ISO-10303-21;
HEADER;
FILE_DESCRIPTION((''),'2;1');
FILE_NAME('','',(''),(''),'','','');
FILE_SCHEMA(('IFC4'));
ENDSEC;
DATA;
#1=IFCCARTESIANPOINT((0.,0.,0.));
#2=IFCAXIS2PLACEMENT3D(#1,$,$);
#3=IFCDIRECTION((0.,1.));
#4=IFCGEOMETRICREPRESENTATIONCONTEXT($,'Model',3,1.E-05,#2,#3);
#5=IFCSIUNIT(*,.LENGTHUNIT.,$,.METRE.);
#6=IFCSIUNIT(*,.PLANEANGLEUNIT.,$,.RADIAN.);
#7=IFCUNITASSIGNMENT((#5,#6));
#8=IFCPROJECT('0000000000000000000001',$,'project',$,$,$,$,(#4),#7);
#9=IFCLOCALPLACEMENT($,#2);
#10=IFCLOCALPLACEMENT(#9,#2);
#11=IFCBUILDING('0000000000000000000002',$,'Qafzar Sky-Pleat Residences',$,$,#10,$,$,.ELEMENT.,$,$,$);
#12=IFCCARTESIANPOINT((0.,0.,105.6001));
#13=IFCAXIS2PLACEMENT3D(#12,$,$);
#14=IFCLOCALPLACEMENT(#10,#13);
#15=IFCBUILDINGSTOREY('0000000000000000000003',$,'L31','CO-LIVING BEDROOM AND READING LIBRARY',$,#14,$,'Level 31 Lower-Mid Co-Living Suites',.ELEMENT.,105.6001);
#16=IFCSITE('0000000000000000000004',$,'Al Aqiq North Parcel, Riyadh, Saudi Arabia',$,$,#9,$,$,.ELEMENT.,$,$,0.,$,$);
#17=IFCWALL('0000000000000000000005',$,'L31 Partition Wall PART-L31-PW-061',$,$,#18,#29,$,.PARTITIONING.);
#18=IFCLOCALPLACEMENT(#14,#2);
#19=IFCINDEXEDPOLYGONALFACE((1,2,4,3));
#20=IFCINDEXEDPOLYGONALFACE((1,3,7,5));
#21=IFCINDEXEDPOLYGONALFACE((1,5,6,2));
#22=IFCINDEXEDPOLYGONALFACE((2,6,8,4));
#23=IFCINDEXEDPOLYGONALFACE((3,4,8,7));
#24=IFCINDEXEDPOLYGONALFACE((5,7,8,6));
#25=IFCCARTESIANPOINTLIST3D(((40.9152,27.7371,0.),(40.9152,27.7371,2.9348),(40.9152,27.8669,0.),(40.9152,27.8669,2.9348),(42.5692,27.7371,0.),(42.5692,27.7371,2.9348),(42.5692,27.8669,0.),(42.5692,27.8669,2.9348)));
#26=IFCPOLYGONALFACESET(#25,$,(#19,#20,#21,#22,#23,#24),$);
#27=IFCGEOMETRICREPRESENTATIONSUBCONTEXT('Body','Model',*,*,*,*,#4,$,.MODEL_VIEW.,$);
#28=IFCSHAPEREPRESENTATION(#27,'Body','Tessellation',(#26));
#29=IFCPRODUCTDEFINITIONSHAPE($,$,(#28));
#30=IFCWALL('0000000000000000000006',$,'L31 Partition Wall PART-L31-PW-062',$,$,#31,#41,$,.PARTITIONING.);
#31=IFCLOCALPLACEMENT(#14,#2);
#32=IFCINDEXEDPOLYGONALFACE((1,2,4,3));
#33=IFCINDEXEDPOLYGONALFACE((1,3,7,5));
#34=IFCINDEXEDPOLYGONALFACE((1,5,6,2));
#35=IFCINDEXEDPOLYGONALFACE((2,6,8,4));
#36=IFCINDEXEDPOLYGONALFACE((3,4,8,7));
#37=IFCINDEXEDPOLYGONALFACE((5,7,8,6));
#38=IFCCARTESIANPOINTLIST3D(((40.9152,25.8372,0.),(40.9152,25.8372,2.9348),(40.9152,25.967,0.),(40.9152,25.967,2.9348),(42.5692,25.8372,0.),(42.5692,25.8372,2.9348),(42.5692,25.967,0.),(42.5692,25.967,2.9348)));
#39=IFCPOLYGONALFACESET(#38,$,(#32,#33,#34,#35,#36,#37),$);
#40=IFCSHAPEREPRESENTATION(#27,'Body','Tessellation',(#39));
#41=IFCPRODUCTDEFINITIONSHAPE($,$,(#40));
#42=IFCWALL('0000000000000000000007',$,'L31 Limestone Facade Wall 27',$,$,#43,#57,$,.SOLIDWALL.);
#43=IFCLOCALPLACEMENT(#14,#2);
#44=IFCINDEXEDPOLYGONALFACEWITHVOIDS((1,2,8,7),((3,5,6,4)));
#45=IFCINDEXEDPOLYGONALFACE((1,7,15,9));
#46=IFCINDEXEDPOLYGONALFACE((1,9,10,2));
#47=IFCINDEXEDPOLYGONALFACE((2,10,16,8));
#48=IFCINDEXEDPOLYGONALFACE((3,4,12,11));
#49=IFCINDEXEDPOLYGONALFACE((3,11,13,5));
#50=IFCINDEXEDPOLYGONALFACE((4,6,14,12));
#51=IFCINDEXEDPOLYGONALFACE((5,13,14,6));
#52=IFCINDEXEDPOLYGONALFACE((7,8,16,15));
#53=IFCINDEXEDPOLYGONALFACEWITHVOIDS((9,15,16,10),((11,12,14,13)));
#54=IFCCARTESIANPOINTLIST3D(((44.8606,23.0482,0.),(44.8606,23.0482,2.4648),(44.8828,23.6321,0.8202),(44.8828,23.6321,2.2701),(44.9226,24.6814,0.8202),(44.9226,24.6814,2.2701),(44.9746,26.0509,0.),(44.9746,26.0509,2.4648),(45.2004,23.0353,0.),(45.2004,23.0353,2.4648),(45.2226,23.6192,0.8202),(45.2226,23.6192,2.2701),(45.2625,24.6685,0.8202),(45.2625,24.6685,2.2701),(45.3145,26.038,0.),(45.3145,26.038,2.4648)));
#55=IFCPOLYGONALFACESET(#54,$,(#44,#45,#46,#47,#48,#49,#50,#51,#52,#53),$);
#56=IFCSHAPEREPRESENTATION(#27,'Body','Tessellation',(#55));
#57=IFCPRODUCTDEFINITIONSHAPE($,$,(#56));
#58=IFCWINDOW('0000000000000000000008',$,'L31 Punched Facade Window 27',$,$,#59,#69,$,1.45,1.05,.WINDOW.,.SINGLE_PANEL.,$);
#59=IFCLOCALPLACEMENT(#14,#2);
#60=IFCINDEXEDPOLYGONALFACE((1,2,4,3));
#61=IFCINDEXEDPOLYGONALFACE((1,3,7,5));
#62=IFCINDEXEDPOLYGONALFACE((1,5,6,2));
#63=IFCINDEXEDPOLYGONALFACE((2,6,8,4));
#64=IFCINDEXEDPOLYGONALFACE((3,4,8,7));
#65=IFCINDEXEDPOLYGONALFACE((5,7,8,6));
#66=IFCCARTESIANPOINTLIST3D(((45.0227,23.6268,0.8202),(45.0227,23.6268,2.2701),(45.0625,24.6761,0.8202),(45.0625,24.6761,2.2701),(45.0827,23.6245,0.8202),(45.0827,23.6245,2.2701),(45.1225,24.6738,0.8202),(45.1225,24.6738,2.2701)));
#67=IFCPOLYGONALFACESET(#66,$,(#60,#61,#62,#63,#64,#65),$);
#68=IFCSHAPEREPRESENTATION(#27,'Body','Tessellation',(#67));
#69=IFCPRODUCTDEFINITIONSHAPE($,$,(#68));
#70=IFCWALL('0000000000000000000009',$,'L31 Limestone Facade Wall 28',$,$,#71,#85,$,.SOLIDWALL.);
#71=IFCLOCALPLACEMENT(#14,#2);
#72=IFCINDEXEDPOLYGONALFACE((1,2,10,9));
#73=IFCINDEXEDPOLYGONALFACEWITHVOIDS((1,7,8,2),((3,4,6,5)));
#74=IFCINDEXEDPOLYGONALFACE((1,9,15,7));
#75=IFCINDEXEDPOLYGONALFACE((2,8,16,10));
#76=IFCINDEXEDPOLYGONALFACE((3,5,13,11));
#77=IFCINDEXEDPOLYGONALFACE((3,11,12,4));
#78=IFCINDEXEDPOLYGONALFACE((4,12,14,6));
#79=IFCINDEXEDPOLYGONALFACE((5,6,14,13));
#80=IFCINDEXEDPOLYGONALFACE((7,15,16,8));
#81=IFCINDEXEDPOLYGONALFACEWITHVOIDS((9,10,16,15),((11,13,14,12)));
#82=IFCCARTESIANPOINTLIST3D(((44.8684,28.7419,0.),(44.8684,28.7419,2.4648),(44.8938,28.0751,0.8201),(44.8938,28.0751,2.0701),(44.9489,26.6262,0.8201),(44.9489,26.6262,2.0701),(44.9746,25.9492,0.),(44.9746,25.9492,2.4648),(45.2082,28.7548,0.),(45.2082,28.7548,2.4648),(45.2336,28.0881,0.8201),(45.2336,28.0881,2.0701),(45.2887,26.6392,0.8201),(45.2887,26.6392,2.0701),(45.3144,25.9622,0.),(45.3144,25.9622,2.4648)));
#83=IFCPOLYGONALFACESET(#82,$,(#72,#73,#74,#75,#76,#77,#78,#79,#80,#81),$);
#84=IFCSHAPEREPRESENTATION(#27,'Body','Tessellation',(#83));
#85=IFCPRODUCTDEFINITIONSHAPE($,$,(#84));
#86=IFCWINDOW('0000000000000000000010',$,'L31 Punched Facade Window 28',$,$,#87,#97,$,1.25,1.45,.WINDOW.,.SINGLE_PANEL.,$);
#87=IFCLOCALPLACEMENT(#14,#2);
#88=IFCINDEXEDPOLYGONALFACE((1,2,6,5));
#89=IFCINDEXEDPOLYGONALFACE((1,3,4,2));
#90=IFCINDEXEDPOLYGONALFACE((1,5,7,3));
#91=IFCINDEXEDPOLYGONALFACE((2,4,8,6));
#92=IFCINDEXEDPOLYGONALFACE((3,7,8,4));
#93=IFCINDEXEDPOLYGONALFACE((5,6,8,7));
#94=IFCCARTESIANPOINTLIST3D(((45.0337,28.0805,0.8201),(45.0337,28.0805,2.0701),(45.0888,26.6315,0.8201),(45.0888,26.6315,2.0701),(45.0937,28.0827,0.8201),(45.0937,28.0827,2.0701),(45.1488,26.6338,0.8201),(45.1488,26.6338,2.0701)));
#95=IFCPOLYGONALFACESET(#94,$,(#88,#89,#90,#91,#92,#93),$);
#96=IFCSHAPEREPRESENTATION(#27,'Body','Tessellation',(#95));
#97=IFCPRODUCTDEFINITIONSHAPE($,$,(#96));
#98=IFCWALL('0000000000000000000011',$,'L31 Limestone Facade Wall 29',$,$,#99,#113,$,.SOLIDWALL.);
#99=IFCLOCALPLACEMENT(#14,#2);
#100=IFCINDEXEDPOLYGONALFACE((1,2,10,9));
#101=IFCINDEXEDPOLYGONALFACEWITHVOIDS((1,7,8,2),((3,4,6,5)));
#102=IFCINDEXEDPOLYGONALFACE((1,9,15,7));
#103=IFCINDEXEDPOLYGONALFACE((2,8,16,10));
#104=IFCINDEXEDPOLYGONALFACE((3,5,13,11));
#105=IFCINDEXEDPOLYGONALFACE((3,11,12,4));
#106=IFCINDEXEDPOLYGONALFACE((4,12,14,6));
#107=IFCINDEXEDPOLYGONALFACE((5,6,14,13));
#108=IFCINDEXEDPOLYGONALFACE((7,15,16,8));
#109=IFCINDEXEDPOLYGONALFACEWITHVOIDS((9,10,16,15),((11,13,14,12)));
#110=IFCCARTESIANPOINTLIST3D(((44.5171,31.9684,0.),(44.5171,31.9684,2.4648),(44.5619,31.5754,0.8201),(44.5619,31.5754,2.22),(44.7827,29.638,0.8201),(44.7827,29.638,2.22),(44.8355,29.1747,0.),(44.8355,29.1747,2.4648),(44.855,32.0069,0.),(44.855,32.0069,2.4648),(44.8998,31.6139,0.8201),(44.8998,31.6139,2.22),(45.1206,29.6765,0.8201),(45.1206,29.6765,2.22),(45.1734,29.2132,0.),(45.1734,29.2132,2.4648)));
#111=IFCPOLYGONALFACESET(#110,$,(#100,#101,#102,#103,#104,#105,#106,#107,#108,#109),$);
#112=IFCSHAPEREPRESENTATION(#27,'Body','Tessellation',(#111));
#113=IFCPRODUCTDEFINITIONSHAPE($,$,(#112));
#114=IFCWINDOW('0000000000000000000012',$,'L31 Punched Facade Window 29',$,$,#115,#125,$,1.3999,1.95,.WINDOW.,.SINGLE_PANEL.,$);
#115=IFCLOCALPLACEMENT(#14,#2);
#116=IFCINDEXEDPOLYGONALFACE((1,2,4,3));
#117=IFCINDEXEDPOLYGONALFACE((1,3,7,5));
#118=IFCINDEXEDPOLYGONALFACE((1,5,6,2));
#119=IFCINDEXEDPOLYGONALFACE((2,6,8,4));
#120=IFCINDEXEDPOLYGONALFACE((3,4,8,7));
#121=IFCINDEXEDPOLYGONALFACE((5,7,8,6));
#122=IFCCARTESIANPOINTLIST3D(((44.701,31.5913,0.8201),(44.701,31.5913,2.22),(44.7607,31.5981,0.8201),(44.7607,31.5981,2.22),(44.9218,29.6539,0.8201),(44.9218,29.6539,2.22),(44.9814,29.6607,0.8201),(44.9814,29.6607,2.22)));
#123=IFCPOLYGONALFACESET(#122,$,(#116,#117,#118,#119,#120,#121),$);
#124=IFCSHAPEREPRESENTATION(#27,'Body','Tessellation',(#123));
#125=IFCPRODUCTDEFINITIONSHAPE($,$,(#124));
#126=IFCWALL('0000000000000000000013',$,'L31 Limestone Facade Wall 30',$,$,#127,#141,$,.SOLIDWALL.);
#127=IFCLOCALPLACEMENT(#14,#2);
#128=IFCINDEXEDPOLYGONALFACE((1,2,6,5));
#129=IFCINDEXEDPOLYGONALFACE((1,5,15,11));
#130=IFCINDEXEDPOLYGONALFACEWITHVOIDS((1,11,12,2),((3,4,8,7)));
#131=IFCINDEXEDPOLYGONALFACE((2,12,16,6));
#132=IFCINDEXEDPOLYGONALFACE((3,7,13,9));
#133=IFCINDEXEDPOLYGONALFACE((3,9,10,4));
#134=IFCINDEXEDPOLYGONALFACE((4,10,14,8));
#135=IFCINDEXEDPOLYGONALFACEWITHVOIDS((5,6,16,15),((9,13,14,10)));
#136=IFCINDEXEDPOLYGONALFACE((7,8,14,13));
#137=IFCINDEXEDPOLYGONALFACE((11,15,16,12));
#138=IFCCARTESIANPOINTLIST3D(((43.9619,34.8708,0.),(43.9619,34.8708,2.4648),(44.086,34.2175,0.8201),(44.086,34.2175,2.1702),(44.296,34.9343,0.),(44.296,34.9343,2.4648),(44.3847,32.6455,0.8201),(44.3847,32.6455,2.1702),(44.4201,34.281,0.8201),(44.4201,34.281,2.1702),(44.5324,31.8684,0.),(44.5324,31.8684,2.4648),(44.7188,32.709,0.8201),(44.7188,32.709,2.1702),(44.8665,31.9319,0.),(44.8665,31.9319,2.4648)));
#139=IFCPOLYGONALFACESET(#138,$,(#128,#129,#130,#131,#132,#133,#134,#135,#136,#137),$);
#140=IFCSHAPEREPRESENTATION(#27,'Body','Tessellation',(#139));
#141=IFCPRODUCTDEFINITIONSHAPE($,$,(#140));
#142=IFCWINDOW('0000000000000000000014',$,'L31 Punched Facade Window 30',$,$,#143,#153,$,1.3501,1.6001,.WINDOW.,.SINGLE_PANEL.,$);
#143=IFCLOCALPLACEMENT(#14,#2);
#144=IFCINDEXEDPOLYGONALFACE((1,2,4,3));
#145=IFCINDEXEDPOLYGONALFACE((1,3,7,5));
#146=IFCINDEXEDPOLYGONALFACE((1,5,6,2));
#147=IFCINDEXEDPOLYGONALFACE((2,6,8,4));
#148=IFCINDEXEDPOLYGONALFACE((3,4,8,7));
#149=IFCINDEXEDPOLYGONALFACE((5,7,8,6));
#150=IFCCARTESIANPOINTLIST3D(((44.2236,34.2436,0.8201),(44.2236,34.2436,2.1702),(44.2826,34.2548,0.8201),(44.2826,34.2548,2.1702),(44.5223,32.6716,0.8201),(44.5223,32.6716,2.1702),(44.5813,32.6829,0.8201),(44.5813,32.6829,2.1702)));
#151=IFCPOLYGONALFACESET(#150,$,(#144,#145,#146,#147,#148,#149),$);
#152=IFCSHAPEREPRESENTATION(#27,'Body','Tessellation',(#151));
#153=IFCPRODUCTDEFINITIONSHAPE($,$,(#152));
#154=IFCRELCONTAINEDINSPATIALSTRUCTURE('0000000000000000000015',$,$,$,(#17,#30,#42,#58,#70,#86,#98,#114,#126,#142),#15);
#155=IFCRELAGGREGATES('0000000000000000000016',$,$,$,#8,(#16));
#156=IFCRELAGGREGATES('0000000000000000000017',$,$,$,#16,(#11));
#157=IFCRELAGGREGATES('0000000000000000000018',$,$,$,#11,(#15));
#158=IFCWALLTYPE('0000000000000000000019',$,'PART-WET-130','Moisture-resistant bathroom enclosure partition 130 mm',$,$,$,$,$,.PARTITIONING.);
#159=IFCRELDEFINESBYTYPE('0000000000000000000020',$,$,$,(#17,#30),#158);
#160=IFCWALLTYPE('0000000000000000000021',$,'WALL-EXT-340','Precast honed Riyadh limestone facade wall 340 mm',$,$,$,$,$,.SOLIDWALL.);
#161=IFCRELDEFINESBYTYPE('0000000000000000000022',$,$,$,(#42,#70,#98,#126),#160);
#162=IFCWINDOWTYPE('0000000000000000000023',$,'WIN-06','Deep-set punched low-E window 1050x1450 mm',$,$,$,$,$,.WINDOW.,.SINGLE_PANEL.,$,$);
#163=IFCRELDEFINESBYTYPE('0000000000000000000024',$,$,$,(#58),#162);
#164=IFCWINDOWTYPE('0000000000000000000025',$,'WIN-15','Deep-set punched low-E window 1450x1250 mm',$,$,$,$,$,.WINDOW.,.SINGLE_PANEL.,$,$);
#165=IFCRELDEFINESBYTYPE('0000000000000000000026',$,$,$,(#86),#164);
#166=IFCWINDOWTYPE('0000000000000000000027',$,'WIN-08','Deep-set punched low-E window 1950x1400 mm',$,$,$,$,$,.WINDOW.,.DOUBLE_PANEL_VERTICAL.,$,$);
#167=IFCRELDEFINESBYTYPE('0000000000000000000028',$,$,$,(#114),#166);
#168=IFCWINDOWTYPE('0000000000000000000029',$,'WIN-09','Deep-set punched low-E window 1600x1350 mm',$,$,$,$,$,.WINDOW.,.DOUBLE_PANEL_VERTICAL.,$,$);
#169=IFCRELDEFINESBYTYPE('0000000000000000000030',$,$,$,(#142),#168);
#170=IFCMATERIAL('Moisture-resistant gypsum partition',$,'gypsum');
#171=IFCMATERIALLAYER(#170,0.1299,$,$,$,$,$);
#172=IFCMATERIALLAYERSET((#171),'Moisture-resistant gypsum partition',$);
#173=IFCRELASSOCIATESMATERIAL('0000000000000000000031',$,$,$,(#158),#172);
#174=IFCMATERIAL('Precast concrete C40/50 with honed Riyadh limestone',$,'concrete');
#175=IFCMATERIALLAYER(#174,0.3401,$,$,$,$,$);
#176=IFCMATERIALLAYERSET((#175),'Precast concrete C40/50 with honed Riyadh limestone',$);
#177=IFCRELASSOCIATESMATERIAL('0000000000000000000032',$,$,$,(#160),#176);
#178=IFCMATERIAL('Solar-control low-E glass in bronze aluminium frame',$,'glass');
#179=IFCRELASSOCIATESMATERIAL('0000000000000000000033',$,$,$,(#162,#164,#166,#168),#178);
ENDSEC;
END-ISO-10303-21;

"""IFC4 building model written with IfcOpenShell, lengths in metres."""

from ifc_helpers import new_model, si_unit, direction, frame, frame_2d, origin, place, context, subcontext, project, spatial, rectangle, extrude, source, transform, mapped, material, layer, layer_set, type_object, element, fill, save


model = new_model("IFC4")

# Units and contexts
model_context = context("Model", 3, precision=1e-05, world=origin(), true_north=direction((0.0, 1.0)))
body_context = subcontext(model_context, "Body", "Model", "MODEL_VIEW")
ifc_project = project(units=[si_unit("LENGTHUNIT", "METRE"), si_unit("PLANEANGLEUNIT", "RADIAN")], contexts=[model_context])

# Site, building, storey
site_placement = place(None, origin())
site = spatial("IfcSite", under=ifc_project, at=site_placement, Name="Al Aqiq North Parcel, Riyadh, Saudi Arabia", CompositionType="ELEMENT", RefElevation=0.0)
building_placement = place(site_placement, origin())
building = spatial("IfcBuilding", under=site, at=building_placement, Name="Qafzar Sky-Pleat Residences", CompositionType="ELEMENT")
storey_placement = place(building_placement, frame((0.0, 0.0, 105.6001)))
storey = spatial("IfcBuildingStorey", under=building, at=storey_placement, Name="L31", Description="CO-LIVING BEDROOM AND READING LIBRARY", LongName="Level 31 Lower-Mid Co-Living Suites", CompositionType="ELEMENT", Elevation=105.6001)

# Shared definitions
ifc_material_1 = material(Name="Moisture-resistant gypsum partition", Category="gypsum")
ifc_layer_1 = layer(ifc_material_1, 0.1299)
ifc_layer_set_1 = layer_set([ifc_layer_1], Name="Moisture-resistant gypsum partition")
wall_type_1 = type_object("IfcWallType", Name="PART-WET-130", Description="Moisture-resistant bathroom enclosure partition 130 mm", PredefinedType="PARTITIONING", material=ifc_layer_set_1)

# Walls
for number, where, z_axis, x_axis, name in (
    (1, (40.915, 27.802, 0.0), (0.0, 0.0, 1.0), (1.0, 0.0, 0.0), "L31 Partition Wall PART-L31-PW-061"),
    (2, (40.915, 25.9021, 0.0), (0.0, 0.0, 1.0), (1.0, 0.0, 0.0), "L31 Partition Wall PART-L31-PW-062"),
):
    element("IfcWall", number, at=place(storey_placement, frame(where, z_axis=z_axis, x_axis=x_axis)), inside=storey, type_object=wall_type_1, Name=name, PredefinedType="PARTITIONING", context=body_context, shape_type="SweptSolid", body=[
        extrude(rectangle(XDim=1.6541, YDim=0.1299, at=frame_2d((0.8271, 0.0))), origin(), (0.0, 0.0, 1.0), 2.9348),
    ])

# Walls, openings, windows
ifc_material_2 = material(Name="Precast concrete C40/50 with honed Riyadh limestone", Category="concrete")
ifc_layer_2 = layer(ifc_material_2, 0.3401)
ifc_layer_set_2 = layer_set([ifc_layer_2], Name="Precast concrete C40/50 with honed Riyadh limestone")
wall_type_2 = type_object("IfcWallType", Name="WALL-EXT-340", Description="Precast honed Riyadh limestone facade wall 340 mm", PredefinedType="SOLIDWALL", material=ifc_layer_set_2)
wall_1_placement = place(storey_placement, frame((45.0305, 23.0417, 0.0), z_axis=(0.0, 0.0, 1.0), x_axis=(0.037943, 0.99928, 0.0)))
wall_1 = element("IfcWall", 3, at=wall_1_placement, inside=storey, type_object=wall_type_2, Name="L31 Limestone Facade Wall 27", PredefinedType="SOLIDWALL", context=body_context, shape_type="SweptSolid", body=[
    extrude(rectangle(XDim=3.0049, YDim=0.3401, at=frame_2d((1.5024, 0.0))), origin(), (0.0, 0.0, 1.0), 2.4648),
])
opening_1_placement = place(wall_1_placement, frame((0.5845, 0.0, 0.8201)))
opening_1 = element("IfcOpeningElement", 4, at=opening_1_placement, cuts=wall_1, PredefinedType="OPENING", context=body_context, shape_type="SweptSolid", body=[
    extrude(rectangle(XDim=1.05, YDim=1.45, at=frame_2d((0.5249, 0.7251))), frame((0.0, 0.1802, 0.0), z_axis=(0.0, -1.0, 0.0), x_axis=(1.0, 0.0, 0.0)), (0.0, 0.0, 1.0), 0.3601),
])
ifc_material_3 = material(Name="Solar-control low-E glass in bronze aluminium frame", Category="glass")
window_type_1 = type_object("IfcWindowType", Name="WIN-06", Description="Deep-set punched low-E window 1050x1450 mm", PartitioningType="SINGLE_PANEL", PredefinedType="WINDOW", material=ifc_material_3)
shared_shape_1 = source(origin(), body_context, "Body", "SweptSolid", [
    extrude(rectangle(XDim=1.05, YDim=1.45, at=frame_2d((0.5249, 0.7251))), frame((0.0, 0.03, 0.0), z_axis=(0.0, -1.0, 0.0), x_axis=(1.0, 0.0, 0.0)), (0.0, 0.0, 1.0), 0.0601),
])
window_1_placement = place(opening_1_placement, origin())
window_1 = element("IfcWindow", 5, at=window_1_placement, inside=storey, type_object=window_type_1, Name="L31 Punched Facade Window 27", OverallHeight=1.45, OverallWidth=1.05, PartitioningType="SINGLE_PANEL", PredefinedType="WINDOW", context=body_context, shape_type="MappedRepresentation", body=[
    mapped(shared_shape_1, transform((0.0, 0.0, 0.0), x_axis=(1.0, 0.0, 0.0), y_axis=(0.0, 1.0, 0.0), z_axis=(0.0, 0.0, 1.0), scale=1.0)),
])
fill(opening_1, window_1)
wall_2_placement = place(storey_placement, frame((45.1445, 25.9556, 0.0), z_axis=(0.0, 0.0, 1.0), x_axis=(-0.038, 0.999278, 0.0)))
wall_2 = element("IfcWall", 6, at=wall_2_placement, inside=storey, type_object=wall_type_2, Name="L31 Limestone Facade Wall 28", PredefinedType="SOLIDWALL", context=body_context, shape_type="SweptSolid", body=[
    extrude(rectangle(XDim=2.7947, YDim=0.3401, at=frame_2d((1.3975, 0.0))), origin(), (0.0, 0.0, 1.0), 2.4648),
])
opening_2_placement = place(wall_2_placement, frame((0.6775, 0.0, 0.8201)))
opening_2 = element("IfcOpeningElement", 7, at=opening_2_placement, cuts=wall_2, PredefinedType="OPENING", context=body_context, shape_type="SweptSolid", body=[
    extrude(rectangle(XDim=1.45, YDim=1.25, at=frame_2d((0.7251, 0.625))), frame((0.0, 0.1802, 0.0), z_axis=(0.0, -1.0, 0.0), x_axis=(1.0, 0.0, 0.0)), (0.0, 0.0, 1.0), 0.3601),
])
window_type_2 = type_object("IfcWindowType", Name="WIN-15", Description="Deep-set punched low-E window 1450x1250 mm", PartitioningType="SINGLE_PANEL", PredefinedType="WINDOW", material=ifc_material_3)
shared_shape_2 = source(origin(), body_context, "Body", "SweptSolid", [
    extrude(rectangle(XDim=1.45, YDim=1.25, at=frame_2d((0.7251, 0.625))), frame((0.0, 0.03, 0.0), z_axis=(0.0, -1.0, 0.0), x_axis=(1.0, 0.0, 0.0)), (0.0, 0.0, 1.0), 0.0601),
])
window_2_placement = place(opening_2_placement, origin())
window_2 = element("IfcWindow", 8, at=window_2_placement, inside=storey, type_object=window_type_2, Name="L31 Punched Facade Window 28", OverallHeight=1.25, OverallWidth=1.45, PartitioningType="SINGLE_PANEL", PredefinedType="WINDOW", context=body_context, shape_type="MappedRepresentation", body=[
    mapped(shared_shape_2, transform((0.0, 0.0, 0.0), x_axis=(1.0, 0.0, 0.0), y_axis=(0.0, 1.0, 0.0), z_axis=(0.0, 0.0, 1.0), scale=1.0)),
])
fill(opening_2, window_2)
wall_3_placement = place(storey_placement, frame((45.0044, 29.1941, 0.0), z_axis=(0.0, 0.0, 1.0), x_axis=(-0.113223, 0.99357, 0.0)))
wall_3 = element("IfcWall", 9, at=wall_3_placement, inside=storey, type_object=wall_type_2, Name="L31 Limestone Facade Wall 29", PredefinedType="SOLIDWALL", context=body_context, shape_type="SweptSolid", body=[
    extrude(rectangle(XDim=2.8118, YDim=0.3401, at=frame_2d((1.4058, 0.0))), origin(), (0.0, 0.0, 1.0), 2.4648),
])
opening_3_placement = place(wall_3_placement, frame((0.4661, 0.0, 0.8201)))
opening_3 = element("IfcOpeningElement", 10, at=opening_3_placement, cuts=wall_3, PredefinedType="OPENING", context=body_context, shape_type="SweptSolid", body=[
    extrude(rectangle(XDim=1.95, YDim=1.3999, at=frame_2d((0.9751, 0.7))), frame((0.0, 0.1802, 0.0), z_axis=(0.0, -1.0, 0.0), x_axis=(1.0, 0.0, 0.0)), (0.0, 0.0, 1.0), 0.3601),
])
window_type_3 = type_object("IfcWindowType", Name="WIN-08", Description="Deep-set punched low-E window 1950x1400 mm", PartitioningType="DOUBLE_PANEL_VERTICAL", PredefinedType="WINDOW", material=ifc_material_3)
shared_shape_3 = source(origin(), body_context, "Body", "SweptSolid", [
    extrude(rectangle(XDim=1.95, YDim=1.3999, at=frame_2d((0.9751, 0.7))), frame((0.0, 0.03, 0.0), z_axis=(0.0, -1.0, 0.0), x_axis=(1.0, 0.0, 0.0)), (0.0, 0.0, 1.0), 0.0601),
])
window_3_placement = place(opening_3_placement, origin())
window_3 = element("IfcWindow", 11, at=window_3_placement, inside=storey, type_object=window_type_3, Name="L31 Punched Facade Window 29", OverallHeight=1.3999, OverallWidth=1.95, PartitioningType="SINGLE_PANEL", PredefinedType="WINDOW", context=body_context, shape_type="MappedRepresentation", body=[
    mapped(shared_shape_3, transform((0.0, 0.0, 0.0), x_axis=(1.0, 0.0, 0.0), y_axis=(0.0, 1.0, 0.0), z_axis=(0.0, 0.0, 1.0), scale=1.0)),
])
fill(opening_3, window_3)
wall_4_placement = place(storey_placement, frame((44.6995, 31.9001, 0.0), z_axis=(0.0, 0.0, 1.0), x_axis=(-0.18669, 0.982419, 0.0)))
wall_4 = element("IfcWall", 12, at=wall_4_placement, inside=storey, type_object=wall_type_2, Name="L31 Limestone Facade Wall 30", PredefinedType="SOLIDWALL", context=body_context, shape_type="SweptSolid", body=[
    extrude(rectangle(XDim=3.0562, YDim=0.3401, at=frame_2d((1.5281, 0.0))), origin(), (0.0, 0.0, 1.0), 2.4648),
])
opening_4_placement = place(wall_4_placement, frame((0.791, 0.0, 0.8201)))
opening_4 = element("IfcOpeningElement", 13, at=opening_4_placement, cuts=wall_4, PredefinedType="OPENING", context=body_context, shape_type="SweptSolid", body=[
    extrude(rectangle(XDim=1.6001, YDim=1.3501, at=frame_2d((0.8, 0.675))), frame((0.0, 0.1802, 0.0), z_axis=(0.0, -1.0, 0.0), x_axis=(1.0, 0.0, 0.0)), (0.0, 0.0, 1.0), 0.3601),
])
window_type_4 = type_object("IfcWindowType", Name="WIN-09", Description="Deep-set punched low-E window 1600x1350 mm", PartitioningType="DOUBLE_PANEL_VERTICAL", PredefinedType="WINDOW", material=ifc_material_3)
shared_shape_4 = source(origin(), body_context, "Body", "SweptSolid", [
    extrude(rectangle(XDim=1.6001, YDim=1.3501, at=frame_2d((0.8, 0.675))), frame((0.0, 0.03, 0.0), z_axis=(0.0, -1.0, 0.0), x_axis=(1.0, 0.0, 0.0)), (0.0, 0.0, 1.0), 0.0601),
])
window_4_placement = place(opening_4_placement, origin())
window_4 = element("IfcWindow", 14, at=window_4_placement, inside=storey, type_object=window_type_4, Name="L31 Punched Facade Window 30", OverallHeight=1.3501, OverallWidth=1.6001, PartitioningType="SINGLE_PANEL", PredefinedType="WINDOW", context=body_context, shape_type="MappedRepresentation", body=[
    mapped(shared_shape_4, transform((0.0, 0.0, 0.0), x_axis=(1.0, 0.0, 0.0), y_axis=(0.0, 1.0, 0.0), z_axis=(0.0, 0.0, 1.0), scale=1.0)),
])
fill(opening_4, window_4)

save(model, "model.ifc")
